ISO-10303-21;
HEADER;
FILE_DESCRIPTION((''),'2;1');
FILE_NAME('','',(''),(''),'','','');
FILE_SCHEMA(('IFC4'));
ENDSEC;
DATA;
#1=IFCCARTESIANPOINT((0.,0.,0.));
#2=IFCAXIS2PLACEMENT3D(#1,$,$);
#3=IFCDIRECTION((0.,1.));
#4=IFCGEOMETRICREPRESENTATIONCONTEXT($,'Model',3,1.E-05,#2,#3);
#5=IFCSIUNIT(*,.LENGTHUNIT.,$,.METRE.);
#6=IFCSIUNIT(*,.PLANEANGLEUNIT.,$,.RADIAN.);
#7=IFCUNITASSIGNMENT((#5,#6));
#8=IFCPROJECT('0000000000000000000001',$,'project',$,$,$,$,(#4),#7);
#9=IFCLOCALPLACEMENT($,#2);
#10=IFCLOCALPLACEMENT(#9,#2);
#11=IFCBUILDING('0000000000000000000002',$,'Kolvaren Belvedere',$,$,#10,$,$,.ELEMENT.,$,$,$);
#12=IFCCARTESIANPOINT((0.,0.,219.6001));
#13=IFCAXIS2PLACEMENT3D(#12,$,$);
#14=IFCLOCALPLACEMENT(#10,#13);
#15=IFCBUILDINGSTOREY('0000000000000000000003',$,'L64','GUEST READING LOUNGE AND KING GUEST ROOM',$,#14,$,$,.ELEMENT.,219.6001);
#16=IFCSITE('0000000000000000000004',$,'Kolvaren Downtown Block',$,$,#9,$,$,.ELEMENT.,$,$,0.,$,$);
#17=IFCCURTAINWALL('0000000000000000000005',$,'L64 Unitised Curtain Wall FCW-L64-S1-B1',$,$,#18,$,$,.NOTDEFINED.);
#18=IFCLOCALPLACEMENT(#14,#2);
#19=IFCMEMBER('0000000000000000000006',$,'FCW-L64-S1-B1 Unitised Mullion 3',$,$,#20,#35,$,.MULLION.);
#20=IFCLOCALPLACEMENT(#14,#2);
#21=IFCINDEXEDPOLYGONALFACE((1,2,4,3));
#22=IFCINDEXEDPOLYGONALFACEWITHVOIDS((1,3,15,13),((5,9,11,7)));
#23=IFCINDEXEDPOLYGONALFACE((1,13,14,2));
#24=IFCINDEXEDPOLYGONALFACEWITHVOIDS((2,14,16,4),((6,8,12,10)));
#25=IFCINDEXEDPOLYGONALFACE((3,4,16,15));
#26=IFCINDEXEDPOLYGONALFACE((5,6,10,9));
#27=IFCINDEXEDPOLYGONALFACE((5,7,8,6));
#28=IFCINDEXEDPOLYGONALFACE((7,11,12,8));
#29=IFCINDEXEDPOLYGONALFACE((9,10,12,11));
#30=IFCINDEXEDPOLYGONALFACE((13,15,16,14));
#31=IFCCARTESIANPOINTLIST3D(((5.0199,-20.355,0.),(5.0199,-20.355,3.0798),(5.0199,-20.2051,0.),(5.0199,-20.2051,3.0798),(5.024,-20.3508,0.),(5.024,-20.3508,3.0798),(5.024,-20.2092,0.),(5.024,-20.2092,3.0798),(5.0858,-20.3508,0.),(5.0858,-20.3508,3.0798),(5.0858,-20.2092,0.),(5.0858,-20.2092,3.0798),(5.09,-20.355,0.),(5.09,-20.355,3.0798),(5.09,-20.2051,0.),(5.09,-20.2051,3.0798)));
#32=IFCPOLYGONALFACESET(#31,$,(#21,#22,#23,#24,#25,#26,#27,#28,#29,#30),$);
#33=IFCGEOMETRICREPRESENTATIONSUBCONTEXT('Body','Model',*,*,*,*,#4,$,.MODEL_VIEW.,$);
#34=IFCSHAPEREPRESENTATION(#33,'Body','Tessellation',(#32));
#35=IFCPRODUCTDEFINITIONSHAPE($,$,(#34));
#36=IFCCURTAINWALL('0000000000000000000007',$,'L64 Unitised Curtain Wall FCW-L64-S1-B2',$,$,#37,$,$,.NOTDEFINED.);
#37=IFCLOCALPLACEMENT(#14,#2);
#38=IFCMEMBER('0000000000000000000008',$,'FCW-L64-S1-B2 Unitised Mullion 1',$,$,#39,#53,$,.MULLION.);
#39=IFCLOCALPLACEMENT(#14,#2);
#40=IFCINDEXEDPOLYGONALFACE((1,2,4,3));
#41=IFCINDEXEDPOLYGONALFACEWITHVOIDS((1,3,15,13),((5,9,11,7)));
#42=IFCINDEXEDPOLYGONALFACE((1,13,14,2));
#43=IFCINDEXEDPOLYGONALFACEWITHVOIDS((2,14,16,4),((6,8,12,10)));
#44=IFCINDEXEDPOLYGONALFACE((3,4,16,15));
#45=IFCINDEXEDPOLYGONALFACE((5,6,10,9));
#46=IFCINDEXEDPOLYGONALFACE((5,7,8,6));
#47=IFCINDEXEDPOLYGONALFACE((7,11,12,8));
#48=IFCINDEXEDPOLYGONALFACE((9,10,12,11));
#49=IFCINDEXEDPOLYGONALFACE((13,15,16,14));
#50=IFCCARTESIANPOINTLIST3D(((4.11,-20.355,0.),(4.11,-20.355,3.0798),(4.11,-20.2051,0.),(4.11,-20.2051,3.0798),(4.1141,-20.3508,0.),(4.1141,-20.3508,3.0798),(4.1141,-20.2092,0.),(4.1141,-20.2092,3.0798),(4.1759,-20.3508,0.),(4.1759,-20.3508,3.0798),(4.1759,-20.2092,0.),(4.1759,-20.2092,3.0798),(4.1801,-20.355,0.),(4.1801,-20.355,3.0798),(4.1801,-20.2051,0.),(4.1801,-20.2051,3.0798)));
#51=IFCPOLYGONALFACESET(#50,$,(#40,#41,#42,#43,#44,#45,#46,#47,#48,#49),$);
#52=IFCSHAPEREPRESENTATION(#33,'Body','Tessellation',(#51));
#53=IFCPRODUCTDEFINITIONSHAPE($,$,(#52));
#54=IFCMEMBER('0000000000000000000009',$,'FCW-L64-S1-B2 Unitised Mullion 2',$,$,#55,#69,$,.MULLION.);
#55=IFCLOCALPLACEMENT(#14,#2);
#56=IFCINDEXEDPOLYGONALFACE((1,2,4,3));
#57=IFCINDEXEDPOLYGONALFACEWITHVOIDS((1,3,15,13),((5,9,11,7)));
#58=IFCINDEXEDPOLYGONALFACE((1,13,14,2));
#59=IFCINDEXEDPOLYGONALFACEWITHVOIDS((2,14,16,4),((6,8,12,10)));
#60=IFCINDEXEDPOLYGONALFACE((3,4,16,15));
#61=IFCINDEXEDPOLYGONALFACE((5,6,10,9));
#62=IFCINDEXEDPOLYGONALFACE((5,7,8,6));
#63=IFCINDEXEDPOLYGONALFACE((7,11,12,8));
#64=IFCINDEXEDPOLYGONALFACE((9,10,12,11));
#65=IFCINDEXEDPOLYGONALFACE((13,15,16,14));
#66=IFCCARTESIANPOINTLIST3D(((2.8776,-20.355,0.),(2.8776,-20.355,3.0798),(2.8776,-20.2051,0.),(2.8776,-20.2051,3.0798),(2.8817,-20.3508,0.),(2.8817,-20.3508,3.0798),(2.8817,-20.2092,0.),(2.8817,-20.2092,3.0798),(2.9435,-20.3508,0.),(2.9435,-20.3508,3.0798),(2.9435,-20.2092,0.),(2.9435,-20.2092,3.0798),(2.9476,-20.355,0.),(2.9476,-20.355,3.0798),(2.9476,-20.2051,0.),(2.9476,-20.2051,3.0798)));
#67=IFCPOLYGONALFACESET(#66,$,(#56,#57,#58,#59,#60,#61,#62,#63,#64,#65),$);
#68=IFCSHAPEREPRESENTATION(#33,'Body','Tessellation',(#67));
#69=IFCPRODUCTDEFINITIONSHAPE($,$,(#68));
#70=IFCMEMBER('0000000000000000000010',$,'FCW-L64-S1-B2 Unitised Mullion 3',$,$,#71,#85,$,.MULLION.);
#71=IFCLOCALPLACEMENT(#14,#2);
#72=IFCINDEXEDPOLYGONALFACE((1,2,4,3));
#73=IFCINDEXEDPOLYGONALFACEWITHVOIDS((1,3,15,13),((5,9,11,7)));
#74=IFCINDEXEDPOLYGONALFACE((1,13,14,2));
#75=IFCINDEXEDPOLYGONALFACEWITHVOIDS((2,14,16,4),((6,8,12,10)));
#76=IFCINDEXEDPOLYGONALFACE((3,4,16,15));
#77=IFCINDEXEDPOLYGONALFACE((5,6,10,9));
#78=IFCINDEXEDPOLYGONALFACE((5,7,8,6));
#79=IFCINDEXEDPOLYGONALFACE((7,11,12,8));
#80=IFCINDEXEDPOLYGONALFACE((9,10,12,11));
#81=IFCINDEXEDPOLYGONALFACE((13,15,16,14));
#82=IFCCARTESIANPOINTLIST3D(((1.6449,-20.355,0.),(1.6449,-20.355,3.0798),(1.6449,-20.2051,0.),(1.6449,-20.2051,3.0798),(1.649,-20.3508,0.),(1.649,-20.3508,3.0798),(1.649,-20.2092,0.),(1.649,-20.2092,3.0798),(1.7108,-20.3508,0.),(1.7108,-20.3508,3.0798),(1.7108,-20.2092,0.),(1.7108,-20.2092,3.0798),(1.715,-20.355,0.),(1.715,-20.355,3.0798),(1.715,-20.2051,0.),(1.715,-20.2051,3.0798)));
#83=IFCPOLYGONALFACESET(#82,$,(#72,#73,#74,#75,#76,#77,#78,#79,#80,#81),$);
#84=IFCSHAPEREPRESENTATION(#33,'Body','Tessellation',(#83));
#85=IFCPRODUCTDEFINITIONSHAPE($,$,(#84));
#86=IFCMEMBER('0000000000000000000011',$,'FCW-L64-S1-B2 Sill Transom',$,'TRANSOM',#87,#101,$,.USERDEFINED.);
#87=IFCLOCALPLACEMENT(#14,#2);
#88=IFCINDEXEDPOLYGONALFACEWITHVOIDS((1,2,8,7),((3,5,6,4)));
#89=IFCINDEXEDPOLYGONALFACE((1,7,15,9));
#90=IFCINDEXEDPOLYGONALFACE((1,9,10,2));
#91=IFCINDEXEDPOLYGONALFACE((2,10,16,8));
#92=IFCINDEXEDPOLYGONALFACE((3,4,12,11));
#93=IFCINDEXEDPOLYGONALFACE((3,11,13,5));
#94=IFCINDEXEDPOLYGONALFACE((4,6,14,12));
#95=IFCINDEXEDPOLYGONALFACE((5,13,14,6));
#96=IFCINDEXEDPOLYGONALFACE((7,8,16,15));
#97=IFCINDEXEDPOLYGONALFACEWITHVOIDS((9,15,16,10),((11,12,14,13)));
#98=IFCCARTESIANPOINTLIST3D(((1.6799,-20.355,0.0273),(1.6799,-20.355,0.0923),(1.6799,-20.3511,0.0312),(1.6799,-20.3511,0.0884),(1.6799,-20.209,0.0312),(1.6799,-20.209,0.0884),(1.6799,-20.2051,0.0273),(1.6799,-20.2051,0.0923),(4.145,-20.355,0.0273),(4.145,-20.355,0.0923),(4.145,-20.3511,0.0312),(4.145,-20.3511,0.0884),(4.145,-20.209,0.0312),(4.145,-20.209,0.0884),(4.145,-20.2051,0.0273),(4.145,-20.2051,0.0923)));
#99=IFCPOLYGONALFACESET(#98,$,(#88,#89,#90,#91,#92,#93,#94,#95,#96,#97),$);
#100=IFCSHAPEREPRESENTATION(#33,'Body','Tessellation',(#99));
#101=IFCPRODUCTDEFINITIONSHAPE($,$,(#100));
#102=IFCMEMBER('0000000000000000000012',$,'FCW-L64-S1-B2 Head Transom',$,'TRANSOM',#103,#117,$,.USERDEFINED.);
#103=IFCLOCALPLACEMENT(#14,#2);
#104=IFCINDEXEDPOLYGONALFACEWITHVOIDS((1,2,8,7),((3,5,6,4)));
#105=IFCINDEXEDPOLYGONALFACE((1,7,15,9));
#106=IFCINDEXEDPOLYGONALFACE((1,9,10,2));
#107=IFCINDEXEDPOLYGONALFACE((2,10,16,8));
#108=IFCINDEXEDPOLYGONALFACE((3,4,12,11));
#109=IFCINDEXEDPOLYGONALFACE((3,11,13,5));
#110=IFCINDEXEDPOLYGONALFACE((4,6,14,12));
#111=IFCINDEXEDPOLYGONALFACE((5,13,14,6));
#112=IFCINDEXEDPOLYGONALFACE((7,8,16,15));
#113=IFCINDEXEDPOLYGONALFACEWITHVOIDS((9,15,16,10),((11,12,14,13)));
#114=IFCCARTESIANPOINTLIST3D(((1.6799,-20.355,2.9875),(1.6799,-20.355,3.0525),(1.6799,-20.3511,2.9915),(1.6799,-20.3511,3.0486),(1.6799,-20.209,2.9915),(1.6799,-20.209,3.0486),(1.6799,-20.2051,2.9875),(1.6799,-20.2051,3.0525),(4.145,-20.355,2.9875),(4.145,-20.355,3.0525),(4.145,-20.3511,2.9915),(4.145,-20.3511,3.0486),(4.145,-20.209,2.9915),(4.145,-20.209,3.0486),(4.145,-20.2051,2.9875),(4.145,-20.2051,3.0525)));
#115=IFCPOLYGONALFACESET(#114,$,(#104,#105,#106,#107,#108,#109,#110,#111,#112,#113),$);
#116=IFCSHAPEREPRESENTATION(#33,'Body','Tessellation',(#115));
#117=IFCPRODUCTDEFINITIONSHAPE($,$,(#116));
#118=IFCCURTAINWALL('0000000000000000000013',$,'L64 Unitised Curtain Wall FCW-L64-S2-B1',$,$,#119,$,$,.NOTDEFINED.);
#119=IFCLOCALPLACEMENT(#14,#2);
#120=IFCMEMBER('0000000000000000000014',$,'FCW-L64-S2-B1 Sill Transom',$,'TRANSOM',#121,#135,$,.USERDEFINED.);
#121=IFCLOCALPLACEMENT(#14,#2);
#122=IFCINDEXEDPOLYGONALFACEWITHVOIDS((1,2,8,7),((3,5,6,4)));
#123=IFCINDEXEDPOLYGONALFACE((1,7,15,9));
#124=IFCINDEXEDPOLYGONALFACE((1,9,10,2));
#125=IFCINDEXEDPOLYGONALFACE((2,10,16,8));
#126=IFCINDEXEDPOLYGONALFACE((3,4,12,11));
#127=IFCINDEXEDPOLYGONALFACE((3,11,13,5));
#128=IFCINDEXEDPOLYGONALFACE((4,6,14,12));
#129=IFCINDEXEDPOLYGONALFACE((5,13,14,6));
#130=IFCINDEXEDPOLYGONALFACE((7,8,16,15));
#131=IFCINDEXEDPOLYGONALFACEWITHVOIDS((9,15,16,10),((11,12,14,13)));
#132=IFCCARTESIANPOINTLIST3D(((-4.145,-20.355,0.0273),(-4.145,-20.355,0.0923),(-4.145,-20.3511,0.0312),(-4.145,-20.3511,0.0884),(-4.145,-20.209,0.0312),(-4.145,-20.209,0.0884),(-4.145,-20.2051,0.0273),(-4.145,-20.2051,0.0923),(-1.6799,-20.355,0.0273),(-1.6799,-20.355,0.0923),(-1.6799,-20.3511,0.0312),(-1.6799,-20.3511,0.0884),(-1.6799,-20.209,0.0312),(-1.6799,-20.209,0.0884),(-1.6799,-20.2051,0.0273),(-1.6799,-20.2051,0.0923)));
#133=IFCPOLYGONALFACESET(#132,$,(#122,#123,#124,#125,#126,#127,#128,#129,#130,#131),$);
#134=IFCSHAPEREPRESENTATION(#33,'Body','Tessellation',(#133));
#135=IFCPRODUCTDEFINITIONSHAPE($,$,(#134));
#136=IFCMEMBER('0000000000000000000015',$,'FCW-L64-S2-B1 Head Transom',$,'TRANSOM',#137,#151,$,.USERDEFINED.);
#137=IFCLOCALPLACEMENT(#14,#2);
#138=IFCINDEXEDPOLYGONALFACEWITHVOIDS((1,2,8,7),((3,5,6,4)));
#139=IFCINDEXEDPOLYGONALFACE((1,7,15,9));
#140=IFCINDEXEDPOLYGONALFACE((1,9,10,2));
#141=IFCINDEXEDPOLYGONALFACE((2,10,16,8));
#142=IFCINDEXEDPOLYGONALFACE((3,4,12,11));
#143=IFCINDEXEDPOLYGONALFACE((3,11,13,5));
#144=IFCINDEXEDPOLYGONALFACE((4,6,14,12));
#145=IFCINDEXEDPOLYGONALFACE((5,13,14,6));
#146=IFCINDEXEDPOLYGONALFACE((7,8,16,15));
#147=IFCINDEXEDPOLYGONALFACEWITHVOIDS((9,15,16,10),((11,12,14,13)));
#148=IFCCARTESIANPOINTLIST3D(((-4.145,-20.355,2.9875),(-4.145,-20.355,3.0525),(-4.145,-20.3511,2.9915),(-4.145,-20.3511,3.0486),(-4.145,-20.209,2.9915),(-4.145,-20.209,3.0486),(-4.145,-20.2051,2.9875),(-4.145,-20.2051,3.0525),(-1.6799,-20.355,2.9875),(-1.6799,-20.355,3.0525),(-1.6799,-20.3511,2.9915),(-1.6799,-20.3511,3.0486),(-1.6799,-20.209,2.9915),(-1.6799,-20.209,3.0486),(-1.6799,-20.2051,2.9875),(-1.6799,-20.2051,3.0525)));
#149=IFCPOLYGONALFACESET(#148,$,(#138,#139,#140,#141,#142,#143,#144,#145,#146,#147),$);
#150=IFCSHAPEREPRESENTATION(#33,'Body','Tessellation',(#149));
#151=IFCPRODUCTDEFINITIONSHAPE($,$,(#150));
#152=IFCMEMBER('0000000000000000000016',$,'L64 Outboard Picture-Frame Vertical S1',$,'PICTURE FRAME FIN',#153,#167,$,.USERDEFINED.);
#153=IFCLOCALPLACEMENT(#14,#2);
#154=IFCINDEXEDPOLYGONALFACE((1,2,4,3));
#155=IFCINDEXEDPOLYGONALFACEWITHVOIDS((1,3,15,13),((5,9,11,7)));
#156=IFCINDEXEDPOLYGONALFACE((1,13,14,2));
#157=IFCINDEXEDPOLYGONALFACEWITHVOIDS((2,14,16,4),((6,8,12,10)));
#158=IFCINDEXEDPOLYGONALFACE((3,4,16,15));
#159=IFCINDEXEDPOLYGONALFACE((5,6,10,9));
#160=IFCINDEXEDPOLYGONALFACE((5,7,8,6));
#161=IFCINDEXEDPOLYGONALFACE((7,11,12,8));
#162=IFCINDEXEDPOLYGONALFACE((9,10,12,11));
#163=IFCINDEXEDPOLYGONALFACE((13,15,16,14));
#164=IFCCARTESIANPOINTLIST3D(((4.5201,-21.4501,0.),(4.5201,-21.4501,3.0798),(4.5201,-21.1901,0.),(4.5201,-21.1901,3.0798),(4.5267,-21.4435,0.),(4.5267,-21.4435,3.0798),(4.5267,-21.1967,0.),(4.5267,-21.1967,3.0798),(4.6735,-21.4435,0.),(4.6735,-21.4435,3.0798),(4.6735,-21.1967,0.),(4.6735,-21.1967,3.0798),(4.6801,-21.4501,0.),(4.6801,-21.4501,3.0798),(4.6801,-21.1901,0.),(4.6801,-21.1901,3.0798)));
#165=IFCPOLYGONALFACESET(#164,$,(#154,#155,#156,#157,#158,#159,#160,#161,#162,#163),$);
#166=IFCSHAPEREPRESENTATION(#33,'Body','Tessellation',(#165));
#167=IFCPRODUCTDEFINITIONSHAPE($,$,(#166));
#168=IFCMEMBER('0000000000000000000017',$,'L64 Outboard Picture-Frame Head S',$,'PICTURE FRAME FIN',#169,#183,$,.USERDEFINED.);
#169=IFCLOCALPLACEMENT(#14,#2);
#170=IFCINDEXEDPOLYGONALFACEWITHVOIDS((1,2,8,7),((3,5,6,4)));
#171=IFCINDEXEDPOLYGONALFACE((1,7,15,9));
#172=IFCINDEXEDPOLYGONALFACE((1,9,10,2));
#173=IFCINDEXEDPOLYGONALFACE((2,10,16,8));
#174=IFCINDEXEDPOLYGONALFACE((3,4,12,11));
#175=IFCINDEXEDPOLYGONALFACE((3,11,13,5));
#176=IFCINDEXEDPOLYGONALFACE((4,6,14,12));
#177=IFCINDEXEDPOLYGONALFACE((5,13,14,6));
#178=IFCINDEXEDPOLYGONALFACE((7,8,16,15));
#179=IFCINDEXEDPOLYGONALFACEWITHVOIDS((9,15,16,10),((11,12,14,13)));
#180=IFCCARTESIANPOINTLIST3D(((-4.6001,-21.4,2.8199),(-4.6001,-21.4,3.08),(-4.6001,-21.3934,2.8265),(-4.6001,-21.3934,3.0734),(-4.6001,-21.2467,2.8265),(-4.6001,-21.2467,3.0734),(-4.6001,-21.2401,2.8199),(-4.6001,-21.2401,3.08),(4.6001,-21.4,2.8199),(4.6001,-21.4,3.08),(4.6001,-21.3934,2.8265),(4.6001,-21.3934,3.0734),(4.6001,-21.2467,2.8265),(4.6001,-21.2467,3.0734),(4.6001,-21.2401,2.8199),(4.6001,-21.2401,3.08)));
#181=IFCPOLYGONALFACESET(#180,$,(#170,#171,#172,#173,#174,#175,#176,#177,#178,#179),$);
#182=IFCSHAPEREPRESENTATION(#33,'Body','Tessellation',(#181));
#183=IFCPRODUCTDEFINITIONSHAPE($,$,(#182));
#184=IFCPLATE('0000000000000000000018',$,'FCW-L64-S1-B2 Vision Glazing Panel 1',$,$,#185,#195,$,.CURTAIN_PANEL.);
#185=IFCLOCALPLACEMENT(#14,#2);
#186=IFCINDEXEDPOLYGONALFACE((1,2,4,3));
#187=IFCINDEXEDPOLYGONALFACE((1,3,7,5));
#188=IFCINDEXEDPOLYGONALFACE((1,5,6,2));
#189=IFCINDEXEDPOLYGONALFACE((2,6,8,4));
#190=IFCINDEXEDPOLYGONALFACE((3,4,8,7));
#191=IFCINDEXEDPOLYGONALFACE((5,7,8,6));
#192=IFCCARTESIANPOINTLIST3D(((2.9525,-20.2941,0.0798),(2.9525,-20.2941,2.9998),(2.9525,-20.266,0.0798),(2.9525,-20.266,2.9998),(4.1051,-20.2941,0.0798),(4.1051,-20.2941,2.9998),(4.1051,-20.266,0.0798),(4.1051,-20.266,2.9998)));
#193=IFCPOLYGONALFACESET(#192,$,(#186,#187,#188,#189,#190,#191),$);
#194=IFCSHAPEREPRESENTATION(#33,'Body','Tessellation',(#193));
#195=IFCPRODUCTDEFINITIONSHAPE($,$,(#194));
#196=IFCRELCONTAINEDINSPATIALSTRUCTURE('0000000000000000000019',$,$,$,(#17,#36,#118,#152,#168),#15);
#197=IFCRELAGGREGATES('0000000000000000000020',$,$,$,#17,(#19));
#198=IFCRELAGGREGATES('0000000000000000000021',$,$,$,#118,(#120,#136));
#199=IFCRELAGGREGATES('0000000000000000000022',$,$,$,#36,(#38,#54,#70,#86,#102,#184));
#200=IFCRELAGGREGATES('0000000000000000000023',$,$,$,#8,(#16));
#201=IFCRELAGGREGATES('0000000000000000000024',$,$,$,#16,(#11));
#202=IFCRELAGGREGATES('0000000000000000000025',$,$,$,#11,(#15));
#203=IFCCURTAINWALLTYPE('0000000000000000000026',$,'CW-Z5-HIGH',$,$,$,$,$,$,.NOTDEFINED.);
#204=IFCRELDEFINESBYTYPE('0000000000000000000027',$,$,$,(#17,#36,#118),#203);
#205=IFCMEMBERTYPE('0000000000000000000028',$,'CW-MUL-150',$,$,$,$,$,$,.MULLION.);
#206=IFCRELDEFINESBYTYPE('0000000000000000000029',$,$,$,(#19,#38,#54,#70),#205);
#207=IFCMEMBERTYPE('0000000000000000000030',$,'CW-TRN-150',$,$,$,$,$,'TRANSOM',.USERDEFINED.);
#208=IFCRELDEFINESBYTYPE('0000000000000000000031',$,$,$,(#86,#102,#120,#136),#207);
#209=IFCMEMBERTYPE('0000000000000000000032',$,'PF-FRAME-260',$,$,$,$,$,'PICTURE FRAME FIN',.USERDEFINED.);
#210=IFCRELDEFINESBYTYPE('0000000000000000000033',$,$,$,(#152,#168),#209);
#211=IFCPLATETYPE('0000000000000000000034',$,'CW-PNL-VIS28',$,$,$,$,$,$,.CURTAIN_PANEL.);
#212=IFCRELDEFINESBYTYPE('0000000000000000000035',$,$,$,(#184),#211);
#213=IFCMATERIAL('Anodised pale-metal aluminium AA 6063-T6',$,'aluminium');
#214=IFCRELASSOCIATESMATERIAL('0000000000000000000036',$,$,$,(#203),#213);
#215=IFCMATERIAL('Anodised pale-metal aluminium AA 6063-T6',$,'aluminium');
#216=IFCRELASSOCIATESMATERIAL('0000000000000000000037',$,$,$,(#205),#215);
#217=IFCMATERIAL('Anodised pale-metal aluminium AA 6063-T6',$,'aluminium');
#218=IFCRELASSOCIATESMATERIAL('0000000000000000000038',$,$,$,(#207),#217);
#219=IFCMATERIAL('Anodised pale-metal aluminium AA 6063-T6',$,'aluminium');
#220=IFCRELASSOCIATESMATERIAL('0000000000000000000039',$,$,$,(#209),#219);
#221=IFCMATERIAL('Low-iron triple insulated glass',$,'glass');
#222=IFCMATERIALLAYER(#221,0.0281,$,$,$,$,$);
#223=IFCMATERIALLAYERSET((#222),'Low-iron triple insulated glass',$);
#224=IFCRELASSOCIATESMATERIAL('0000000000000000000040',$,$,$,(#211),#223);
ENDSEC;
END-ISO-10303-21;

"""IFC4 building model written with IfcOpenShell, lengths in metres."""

from ifc_helpers import new_model, si_unit, direction, frame, origin, origin_2d, place, context, subcontext, project, spatial, rectangle, hollow_rectangle, extrude, material, layer, layer_set, material_profile, profile_set, type_object, element, aggregate, save


model = new_model("IFC4")

# Units and contexts
model_context = context("Model", 3, precision=1e-05, world=origin(), true_north=direction((0.0, 1.0)))
body_context = subcontext(model_context, "Body", "Model", "MODEL_VIEW")
ifc_project = project(units=[si_unit("LENGTHUNIT", "METRE"), si_unit("PLANEANGLEUNIT", "RADIAN")], contexts=[model_context])

# Site, building, storey
site_placement = place(None, origin())
site = spatial("IfcSite", under=ifc_project, at=site_placement, Name="Kolvaren Downtown Block", CompositionType="ELEMENT", RefElevation=0.0)
building_placement = place(site_placement, origin())
building = spatial("IfcBuilding", under=site, at=building_placement, Name="Kolvaren Belvedere", CompositionType="ELEMENT")
storey_placement = place(building_placement, frame((0.0, 0.0, 219.6001)))
storey = spatial("IfcBuildingStorey", under=building, at=storey_placement, Name="L64", Description="GUEST READING LOUNGE AND KING GUEST ROOM", CompositionType="ELEMENT", Elevation=219.6001)

# Curtain wall, member
ifc_material_1 = material(Name="Anodised pale-metal aluminium AA 6063-T6", Category="aluminium")
curtain_wall_type = type_object("IfcCurtainWallType", Name="CW-Z5-HIGH", PredefinedType="NOTDEFINED", material=ifc_material_1)
curtain_wall_1_placement = place(storey_placement, origin())
curtain_wall_1 = element("IfcCurtainWall", 1, at=curtain_wall_1_placement, inside=storey, type_object=curtain_wall_type, Name="L64 Unitised Curtain Wall FCW-L64-S1-B1", PredefinedType="NOTDEFINED")
ifc_material_2 = material(Name="Anodised pale-metal aluminium AA 6063-T6", Category="aluminium")
ifc_material_profile_1 = material_profile(ifc_material_2, hollow_rectangle(XDim=0.0701, YDim=0.1499, WallThickness=0.0042, at=origin_2d()), Name="ALU-MUL-150X70")
ifc_profile_set_1 = profile_set([ifc_material_profile_1], Name="Anodised pale-metal aluminium AA 6063-T6")
member_type_1 = type_object("IfcMemberType", Name="CW-MUL-150", PredefinedType="MULLION", material=ifc_profile_set_1)
member_1_placement = place(storey_placement, frame((5.0549, -20.28, 0.0), z_axis=(0.0, 0.0, 1.0), x_axis=(1.0, 0.0, 0.0)))
member_1 = element("IfcMember", 2, at=member_1_placement, type_object=member_type_1, Name="FCW-L64-S1-B1 Unitised Mullion 3", PredefinedType="MULLION", context=body_context, shape_type="SweptSolid", body=[
    extrude(hollow_rectangle(XDim=0.0701, YDim=0.1499, WallThickness=0.0042, at=origin_2d()), origin(), (0.0, 0.0, 1.0), 3.0798),
])
aggregate(curtain_wall_1, [member_1])

# Curtain walls, members
curtain_wall_2_placement = place(storey_placement, origin())
curtain_wall_2 = element("IfcCurtainWall", 3, at=curtain_wall_2_placement, inside=storey, type_object=curtain_wall_type, Name="L64 Unitised Curtain Wall FCW-L64-S1-B2", PredefinedType="NOTDEFINED")
member_2_placement = place(storey_placement, frame((4.145, -20.28, 0.0), z_axis=(0.0, 0.0, 1.0), x_axis=(1.0, 0.0, 0.0)))
member_2 = element("IfcMember", 4, at=member_2_placement, type_object=member_type_1, Name="FCW-L64-S1-B2 Unitised Mullion 1", PredefinedType="MULLION", context=body_context, shape_type="SweptSolid", body=[
    extrude(hollow_rectangle(XDim=0.0701, YDim=0.1499, WallThickness=0.0042, at=origin_2d()), origin(), (0.0, 0.0, 1.0), 3.0798),
])
member_3_placement = place(storey_placement, frame((2.9126, -20.28, 0.0), z_axis=(0.0, 0.0, 1.0), x_axis=(1.0, 0.0, 0.0)))
member_3 = element("IfcMember", 5, at=member_3_placement, type_object=member_type_1, Name="FCW-L64-S1-B2 Unitised Mullion 2", PredefinedType="MULLION", context=body_context, shape_type="SweptSolid", body=[
    extrude(hollow_rectangle(XDim=0.0701, YDim=0.1499, WallThickness=0.0042, at=origin_2d()), origin(), (0.0, 0.0, 1.0), 3.0798),
])
member_4_placement = place(storey_placement, frame((1.6799, -20.28, 0.0), z_axis=(0.0, 0.0, 1.0), x_axis=(1.0, 0.0, 0.0)))
member_4 = element("IfcMember", 6, at=member_4_placement, type_object=member_type_1, Name="FCW-L64-S1-B2 Unitised Mullion 3", PredefinedType="MULLION", context=body_context, shape_type="SweptSolid", body=[
    extrude(hollow_rectangle(XDim=0.0701, YDim=0.1499, WallThickness=0.0042, at=origin_2d()), origin(), (0.0, 0.0, 1.0), 3.0798),
])
ifc_material_3 = material(Name="Anodised pale-metal aluminium AA 6063-T6", Category="aluminium")
ifc_material_profile_2 = material_profile(ifc_material_3, hollow_rectangle(XDim=0.0649, YDim=0.1499, WallThickness=0.0039, at=origin_2d()), Name="ALU-TRN-150X65")
ifc_profile_set_2 = profile_set([ifc_material_profile_2], Name="Anodised pale-metal aluminium AA 6063-T6")
member_type_2 = type_object("IfcMemberType", Name="CW-TRN-150", ElementType="TRANSOM", PredefinedType="USERDEFINED", material=ifc_profile_set_2)
member_5_placement = place(storey_placement, frame((4.145, -20.28, 0.0598), z_axis=(-1.0, 0.0, 0.0), x_axis=(0.0, 0.0, 1.0)))
member_5 = element("IfcMember", 7, at=member_5_placement, type_object=member_type_2, Name="FCW-L64-S1-B2 Sill Transom", ObjectType="TRANSOM", PredefinedType="USERDEFINED", context=body_context, shape_type="SweptSolid", body=[
    extrude(hollow_rectangle(XDim=0.0649, YDim=0.1499, WallThickness=0.0039, at=origin_2d()), origin(), (0.0, 0.0, 1.0), 2.4651),
])
member_6_placement = place(storey_placement, frame((4.145, -20.28, 3.02), z_axis=(-1.0, 0.0, 0.0), x_axis=(0.0, 0.0, 1.0)))
member_6 = element("IfcMember", 8, at=member_6_placement, type_object=member_type_2, Name="FCW-L64-S1-B2 Head Transom", ObjectType="TRANSOM", PredefinedType="USERDEFINED", context=body_context, shape_type="SweptSolid", body=[
    extrude(hollow_rectangle(XDim=0.0649, YDim=0.1499, WallThickness=0.0039, at=origin_2d()), origin(), (0.0, 0.0, 1.0), 2.4651),
])
curtain_wall_3_placement = place(storey_placement, origin())
curtain_wall_3 = element("IfcCurtainWall", 9, at=curtain_wall_3_placement, inside=storey, type_object=curtain_wall_type, Name="L64 Unitised Curtain Wall FCW-L64-S2-B1", PredefinedType="NOTDEFINED")
member_7_placement = place(storey_placement, frame((-1.6799, -20.28, 0.0598), z_axis=(-1.0, 0.0, 0.0), x_axis=(0.0, 0.0, 1.0)))
member_7 = element("IfcMember", 10, at=member_7_placement, type_object=member_type_2, Name="FCW-L64-S2-B1 Sill Transom", ObjectType="TRANSOM", PredefinedType="USERDEFINED", context=body_context, shape_type="SweptSolid", body=[
    extrude(hollow_rectangle(XDim=0.0649, YDim=0.1499, WallThickness=0.0039, at=origin_2d()), origin(), (0.0, 0.0, 1.0), 2.4651),
])
member_8_placement = place(storey_placement, frame((-1.6799, -20.28, 3.02), z_axis=(-1.0, 0.0, 0.0), x_axis=(0.0, 0.0, 1.0)))
member_8 = element("IfcMember", 11, at=member_8_placement, type_object=member_type_2, Name="FCW-L64-S2-B1 Head Transom", ObjectType="TRANSOM", PredefinedType="USERDEFINED", context=body_context, shape_type="SweptSolid", body=[
    extrude(hollow_rectangle(XDim=0.0649, YDim=0.1499, WallThickness=0.0039, at=origin_2d()), origin(), (0.0, 0.0, 1.0), 2.4651),
])
aggregate(curtain_wall_3, [member_7, member_8])

# Members
ifc_material_4 = material(Name="Anodised pale-metal aluminium AA 6063-T6", Category="aluminium")
ifc_material_profile_3 = material_profile(ifc_material_4, hollow_rectangle(XDim=0.1599, YDim=0.26, WallThickness=0.0066, at=origin_2d()), Name="ALU-PF-260X160")
ifc_profile_set_3 = profile_set([ifc_material_profile_3], Name="Anodised pale-metal aluminium AA 6063-T6")
member_type_3 = type_object("IfcMemberType", Name="PF-FRAME-260", ElementType="PICTURE FRAME FIN", PredefinedType="USERDEFINED", material=ifc_profile_set_3)
member_9_placement = place(storey_placement, frame((4.6001, -21.3201, 0.0), z_axis=(0.0, 0.0, 1.0), x_axis=(1.0, 0.0, 0.0)))
element("IfcMember", 12, at=member_9_placement, inside=storey, type_object=member_type_3, Name="L64 Outboard Picture-Frame Vertical S1", ObjectType="PICTURE FRAME FIN", PredefinedType="USERDEFINED", context=body_context, shape_type="SweptSolid", body=[
    extrude(hollow_rectangle(XDim=0.1599, YDim=0.26, WallThickness=0.0066, at=origin_2d()), origin(), (0.0, 0.0, 1.0), 3.0798),
])
member_10_placement = place(storey_placement, frame((4.6001, -21.3201, 2.95), z_axis=(-1.0, 0.0, 0.0), x_axis=(0.0, -1.0, 0.0)))
element("IfcMember", 13, at=member_10_placement, inside=storey, type_object=member_type_3, Name="L64 Outboard Picture-Frame Head S", ObjectType="PICTURE FRAME FIN", PredefinedType="USERDEFINED", context=body_context, shape_type="SweptSolid", body=[
    extrude(hollow_rectangle(XDim=0.1599, YDim=0.26, WallThickness=0.0066, at=origin_2d()), origin(), (0.0, 0.0, 1.0), 9.2002),
])

# Plate
ifc_material_5 = material(Name="Low-iron triple insulated glass", Category="glass")
ifc_layer_1 = layer(ifc_material_5, 0.0281)
ifc_layer_set_1 = layer_set([ifc_layer_1], Name="Low-iron triple insulated glass")
plate_type_1 = type_object("IfcPlateType", Name="CW-PNL-VIS28", PredefinedType="CURTAIN_PANEL", material=ifc_layer_set_1)
plate_1_placement = place(storey_placement, frame((3.5288, -20.28, 0.0798), z_axis=(0.0, 0.0, 1.0), x_axis=(-1.0, 0.0, 0.0)))
plate_1 = element("IfcPlate", 14, at=plate_1_placement, type_object=plate_type_1, Name="FCW-L64-S1-B2 Vision Glazing Panel 1", PredefinedType="CURTAIN_PANEL", context=body_context, shape_type="SweptSolid", body=[
    extrude(rectangle(XDim=1.1526, YDim=0.0281, at=origin_2d()), origin(), (0.0, 0.0, 1.0), 2.9199),
])
aggregate(curtain_wall_2, [member_2, member_3, member_4, member_5, member_6, plate_1])

save(model, "model.ifc")
